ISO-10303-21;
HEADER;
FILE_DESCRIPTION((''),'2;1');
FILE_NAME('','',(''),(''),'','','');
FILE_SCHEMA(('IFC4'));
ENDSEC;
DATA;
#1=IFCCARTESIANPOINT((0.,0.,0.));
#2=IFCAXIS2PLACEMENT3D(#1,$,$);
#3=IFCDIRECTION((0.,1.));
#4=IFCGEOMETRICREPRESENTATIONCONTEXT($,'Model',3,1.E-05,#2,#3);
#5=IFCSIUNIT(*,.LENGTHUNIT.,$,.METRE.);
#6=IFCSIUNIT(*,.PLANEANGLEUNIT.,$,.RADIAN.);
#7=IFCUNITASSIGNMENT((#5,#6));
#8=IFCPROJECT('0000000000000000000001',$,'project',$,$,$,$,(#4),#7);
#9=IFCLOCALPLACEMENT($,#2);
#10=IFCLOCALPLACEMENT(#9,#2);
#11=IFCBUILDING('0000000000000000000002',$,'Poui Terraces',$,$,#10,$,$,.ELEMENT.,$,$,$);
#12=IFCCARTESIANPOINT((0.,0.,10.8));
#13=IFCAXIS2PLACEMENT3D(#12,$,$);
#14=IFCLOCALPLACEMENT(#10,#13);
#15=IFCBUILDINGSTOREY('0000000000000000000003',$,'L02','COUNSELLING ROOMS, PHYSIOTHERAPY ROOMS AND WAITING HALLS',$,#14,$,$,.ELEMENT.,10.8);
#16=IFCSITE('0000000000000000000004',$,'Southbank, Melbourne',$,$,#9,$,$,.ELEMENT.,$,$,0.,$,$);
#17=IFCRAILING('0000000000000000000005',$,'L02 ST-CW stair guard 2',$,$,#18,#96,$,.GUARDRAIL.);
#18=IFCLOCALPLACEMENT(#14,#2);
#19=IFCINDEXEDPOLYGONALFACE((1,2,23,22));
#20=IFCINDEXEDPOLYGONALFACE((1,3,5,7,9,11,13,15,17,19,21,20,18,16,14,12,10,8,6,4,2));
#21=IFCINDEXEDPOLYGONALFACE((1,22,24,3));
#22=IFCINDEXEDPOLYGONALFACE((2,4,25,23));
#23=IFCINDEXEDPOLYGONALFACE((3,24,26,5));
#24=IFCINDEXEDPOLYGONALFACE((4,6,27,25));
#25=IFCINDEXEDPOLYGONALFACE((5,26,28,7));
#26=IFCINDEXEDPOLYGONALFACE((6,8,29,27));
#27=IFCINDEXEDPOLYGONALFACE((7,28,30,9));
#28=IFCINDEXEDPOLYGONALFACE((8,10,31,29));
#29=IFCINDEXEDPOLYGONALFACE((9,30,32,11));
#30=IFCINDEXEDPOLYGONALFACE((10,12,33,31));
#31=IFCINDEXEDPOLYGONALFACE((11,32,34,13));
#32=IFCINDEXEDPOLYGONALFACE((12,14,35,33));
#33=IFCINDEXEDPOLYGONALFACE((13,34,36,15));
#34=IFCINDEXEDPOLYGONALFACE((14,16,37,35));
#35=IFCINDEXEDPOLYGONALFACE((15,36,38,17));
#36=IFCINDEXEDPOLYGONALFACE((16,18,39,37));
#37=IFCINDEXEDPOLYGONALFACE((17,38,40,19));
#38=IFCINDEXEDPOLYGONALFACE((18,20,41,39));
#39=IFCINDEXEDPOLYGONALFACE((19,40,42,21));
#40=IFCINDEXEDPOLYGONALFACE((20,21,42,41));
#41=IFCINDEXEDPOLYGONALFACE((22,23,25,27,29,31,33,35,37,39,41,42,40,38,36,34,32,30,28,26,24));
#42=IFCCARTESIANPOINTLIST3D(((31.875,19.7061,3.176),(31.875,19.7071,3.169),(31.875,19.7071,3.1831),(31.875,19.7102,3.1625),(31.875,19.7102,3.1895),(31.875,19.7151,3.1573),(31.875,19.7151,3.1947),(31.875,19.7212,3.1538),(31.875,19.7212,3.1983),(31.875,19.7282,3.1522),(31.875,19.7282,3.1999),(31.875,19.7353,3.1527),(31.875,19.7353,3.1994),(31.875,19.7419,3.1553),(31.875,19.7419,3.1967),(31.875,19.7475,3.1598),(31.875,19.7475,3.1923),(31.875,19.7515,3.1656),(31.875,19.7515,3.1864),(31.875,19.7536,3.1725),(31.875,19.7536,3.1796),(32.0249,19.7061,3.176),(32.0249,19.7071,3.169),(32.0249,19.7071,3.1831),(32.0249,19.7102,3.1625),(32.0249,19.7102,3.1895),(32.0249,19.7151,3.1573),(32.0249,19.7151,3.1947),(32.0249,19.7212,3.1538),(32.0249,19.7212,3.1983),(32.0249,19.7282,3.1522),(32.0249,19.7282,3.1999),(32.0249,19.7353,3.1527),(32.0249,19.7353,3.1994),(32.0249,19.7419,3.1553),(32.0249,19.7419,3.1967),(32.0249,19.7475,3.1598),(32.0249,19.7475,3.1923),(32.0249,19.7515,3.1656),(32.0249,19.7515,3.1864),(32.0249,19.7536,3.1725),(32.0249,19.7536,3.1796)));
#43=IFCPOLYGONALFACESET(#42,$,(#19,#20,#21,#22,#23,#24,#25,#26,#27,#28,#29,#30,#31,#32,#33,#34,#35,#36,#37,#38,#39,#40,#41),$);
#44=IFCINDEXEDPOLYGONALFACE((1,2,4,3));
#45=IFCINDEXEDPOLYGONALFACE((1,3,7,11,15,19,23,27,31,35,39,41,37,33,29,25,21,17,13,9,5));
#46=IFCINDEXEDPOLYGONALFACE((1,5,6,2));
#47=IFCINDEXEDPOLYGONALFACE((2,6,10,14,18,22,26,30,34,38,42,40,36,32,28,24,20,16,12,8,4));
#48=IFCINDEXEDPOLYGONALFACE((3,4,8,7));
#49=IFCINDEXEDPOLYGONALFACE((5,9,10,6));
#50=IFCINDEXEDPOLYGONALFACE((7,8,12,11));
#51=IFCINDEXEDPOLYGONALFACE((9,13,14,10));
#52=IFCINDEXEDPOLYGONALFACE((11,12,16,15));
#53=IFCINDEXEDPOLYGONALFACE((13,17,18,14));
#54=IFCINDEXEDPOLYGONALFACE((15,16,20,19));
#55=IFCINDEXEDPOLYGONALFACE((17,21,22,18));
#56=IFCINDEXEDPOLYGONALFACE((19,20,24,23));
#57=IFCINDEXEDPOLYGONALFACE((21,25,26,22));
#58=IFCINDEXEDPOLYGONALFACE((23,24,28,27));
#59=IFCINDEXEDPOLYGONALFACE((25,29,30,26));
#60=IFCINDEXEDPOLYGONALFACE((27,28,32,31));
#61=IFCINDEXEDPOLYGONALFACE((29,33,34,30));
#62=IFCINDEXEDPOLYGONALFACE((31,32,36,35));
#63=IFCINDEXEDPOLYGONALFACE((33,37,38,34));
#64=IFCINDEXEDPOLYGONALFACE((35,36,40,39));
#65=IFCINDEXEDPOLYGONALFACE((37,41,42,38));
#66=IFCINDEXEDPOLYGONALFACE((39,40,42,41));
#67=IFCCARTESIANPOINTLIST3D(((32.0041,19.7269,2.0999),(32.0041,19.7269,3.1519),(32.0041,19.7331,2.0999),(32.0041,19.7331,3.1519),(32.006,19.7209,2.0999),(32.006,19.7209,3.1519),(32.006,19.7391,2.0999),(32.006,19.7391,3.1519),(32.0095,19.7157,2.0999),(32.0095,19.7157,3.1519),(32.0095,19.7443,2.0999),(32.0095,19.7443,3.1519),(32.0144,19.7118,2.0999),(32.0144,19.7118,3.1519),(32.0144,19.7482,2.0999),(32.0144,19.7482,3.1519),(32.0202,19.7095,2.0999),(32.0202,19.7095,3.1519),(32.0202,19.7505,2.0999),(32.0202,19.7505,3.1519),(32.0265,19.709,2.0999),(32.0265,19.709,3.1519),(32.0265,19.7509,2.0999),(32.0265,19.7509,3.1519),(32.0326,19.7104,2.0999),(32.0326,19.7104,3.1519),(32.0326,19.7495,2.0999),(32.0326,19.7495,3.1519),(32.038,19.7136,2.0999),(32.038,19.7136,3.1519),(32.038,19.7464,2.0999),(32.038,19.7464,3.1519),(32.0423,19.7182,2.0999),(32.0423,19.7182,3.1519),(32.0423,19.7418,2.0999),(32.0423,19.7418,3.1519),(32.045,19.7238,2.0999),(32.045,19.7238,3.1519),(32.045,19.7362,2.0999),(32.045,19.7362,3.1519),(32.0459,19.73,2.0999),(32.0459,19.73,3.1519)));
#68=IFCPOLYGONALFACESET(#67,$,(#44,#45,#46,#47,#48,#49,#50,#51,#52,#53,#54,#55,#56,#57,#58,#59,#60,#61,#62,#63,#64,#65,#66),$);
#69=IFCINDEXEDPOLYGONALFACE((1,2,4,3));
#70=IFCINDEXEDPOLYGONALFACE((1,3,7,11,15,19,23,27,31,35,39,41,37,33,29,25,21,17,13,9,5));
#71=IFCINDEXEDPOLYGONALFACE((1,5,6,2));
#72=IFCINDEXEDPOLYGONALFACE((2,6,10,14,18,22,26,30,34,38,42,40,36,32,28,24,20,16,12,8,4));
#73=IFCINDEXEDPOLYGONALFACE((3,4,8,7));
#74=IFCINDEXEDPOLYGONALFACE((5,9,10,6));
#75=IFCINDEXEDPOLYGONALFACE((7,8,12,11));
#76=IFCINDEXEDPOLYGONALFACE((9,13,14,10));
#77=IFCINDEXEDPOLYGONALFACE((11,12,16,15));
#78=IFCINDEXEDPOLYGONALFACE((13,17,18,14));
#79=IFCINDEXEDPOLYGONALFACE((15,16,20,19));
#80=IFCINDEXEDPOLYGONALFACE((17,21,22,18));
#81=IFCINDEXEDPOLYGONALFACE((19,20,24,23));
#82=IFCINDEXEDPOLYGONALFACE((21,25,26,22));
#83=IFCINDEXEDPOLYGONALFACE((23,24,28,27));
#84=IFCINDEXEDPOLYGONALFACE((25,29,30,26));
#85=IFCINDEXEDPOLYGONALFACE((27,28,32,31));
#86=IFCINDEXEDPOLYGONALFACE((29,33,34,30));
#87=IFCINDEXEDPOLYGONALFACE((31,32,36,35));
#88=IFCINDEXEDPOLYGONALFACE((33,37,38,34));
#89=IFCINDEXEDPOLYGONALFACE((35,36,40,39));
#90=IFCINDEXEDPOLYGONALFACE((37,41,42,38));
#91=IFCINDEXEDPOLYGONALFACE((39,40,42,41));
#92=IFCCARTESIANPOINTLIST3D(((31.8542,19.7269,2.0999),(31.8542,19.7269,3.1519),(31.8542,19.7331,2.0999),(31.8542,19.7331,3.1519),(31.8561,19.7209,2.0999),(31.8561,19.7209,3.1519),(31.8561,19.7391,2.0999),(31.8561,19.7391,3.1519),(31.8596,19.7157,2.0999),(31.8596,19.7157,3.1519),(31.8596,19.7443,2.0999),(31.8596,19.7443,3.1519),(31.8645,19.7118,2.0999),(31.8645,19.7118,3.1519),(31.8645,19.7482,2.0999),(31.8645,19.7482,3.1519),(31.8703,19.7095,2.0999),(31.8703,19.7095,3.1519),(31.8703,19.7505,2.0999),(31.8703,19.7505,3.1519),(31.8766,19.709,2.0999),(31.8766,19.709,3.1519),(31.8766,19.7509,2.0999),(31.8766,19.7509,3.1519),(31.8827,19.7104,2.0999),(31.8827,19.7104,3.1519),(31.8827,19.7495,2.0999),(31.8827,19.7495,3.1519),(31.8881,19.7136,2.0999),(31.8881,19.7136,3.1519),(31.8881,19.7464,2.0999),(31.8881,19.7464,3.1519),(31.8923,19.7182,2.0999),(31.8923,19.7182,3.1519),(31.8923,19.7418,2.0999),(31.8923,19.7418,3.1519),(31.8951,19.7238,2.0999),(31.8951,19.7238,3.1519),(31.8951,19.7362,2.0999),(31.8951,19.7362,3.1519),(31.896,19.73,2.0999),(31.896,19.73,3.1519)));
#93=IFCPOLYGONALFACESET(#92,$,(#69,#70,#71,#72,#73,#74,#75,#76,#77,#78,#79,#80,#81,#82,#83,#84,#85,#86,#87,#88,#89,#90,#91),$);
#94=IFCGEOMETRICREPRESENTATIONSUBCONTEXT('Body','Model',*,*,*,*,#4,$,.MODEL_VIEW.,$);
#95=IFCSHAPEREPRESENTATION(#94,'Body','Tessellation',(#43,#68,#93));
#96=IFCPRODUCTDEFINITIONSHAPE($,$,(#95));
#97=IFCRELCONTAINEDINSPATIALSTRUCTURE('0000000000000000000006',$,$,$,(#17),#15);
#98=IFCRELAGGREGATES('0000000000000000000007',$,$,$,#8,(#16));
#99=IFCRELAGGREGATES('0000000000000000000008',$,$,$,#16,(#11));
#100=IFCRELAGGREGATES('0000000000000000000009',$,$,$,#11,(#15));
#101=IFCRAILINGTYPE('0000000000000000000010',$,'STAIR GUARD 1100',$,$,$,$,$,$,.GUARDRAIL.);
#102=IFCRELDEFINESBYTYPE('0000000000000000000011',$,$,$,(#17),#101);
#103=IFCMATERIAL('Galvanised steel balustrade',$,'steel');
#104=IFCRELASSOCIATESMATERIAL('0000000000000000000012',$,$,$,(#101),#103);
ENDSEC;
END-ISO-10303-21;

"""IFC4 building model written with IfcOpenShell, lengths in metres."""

from ifc_helpers import new_model, si_unit, direction, frame, origin, origin_2d, place, context, subcontext, project, spatial, circle, extrude, material, type_object, element, save


model = new_model("IFC4")

# Units and contexts
model_context = context("Model", 3, precision=1e-05, world=origin(), true_north=direction((0.0, 1.0)))
body_context = subcontext(model_context, "Body", "Model", "MODEL_VIEW")
ifc_project = project(units=[si_unit("LENGTHUNIT", "METRE"), si_unit("PLANEANGLEUNIT", "RADIAN")], contexts=[model_context])

# Site, building, storey
site_placement = place(None, origin())
site = spatial("IfcSite", under=ifc_project, at=site_placement, Name="Southbank, Melbourne", CompositionType="ELEMENT", RefElevation=0.0)
building_placement = place(site_placement, origin())
building = spatial("IfcBuilding", under=site, at=building_placement, Name="Poui Terraces", CompositionType="ELEMENT")
storey_placement = place(building_placement, frame((0.0, 0.0, 10.8)))
storey = spatial("IfcBuildingStorey", under=building, at=storey_placement, Name="L02", Description="COUNSELLING ROOMS, PHYSIOTHERAPY ROOMS AND WAITING HALLS", CompositionType="ELEMENT", Elevation=10.8)

# Railing
ifc_material_1 = material(Name="Galvanised steel balustrade", Category="steel")
railing_type_1 = type_object("IfcRailingType", Name="STAIR GUARD 1100", PredefinedType="GUARDRAIL", material=ifc_material_1)
railing_1_placement = place(storey_placement, frame((32.0249, 19.73, 2.0999)))
element("IfcRailing", 1, at=railing_1_placement, inside=storey, type_object=railing_type_1, Name="L02 ST-CW stair guard 2", PredefinedType="GUARDRAIL", context=body_context, shape_type="SweptSolid", body=[
    extrude(circle(Radius=0.0239, at=origin_2d()), frame((0.0, 0.0, 1.0762), z_axis=(-1.0, 0.0, 0.0), x_axis=(0.0, -1.0, 0.0)), (0.0, 0.0, 1.0), 0.1499),
    extrude(circle(Radius=0.021, at=origin_2d()), origin(), (0.0, 0.0, 1.0), 1.052),
    extrude(circle(Radius=0.021, at=origin_2d()), frame((-0.1499, 0.0, 0.0)), (0.0, 0.0, 1.0), 1.052),
])

save(model, "model.ifc")
